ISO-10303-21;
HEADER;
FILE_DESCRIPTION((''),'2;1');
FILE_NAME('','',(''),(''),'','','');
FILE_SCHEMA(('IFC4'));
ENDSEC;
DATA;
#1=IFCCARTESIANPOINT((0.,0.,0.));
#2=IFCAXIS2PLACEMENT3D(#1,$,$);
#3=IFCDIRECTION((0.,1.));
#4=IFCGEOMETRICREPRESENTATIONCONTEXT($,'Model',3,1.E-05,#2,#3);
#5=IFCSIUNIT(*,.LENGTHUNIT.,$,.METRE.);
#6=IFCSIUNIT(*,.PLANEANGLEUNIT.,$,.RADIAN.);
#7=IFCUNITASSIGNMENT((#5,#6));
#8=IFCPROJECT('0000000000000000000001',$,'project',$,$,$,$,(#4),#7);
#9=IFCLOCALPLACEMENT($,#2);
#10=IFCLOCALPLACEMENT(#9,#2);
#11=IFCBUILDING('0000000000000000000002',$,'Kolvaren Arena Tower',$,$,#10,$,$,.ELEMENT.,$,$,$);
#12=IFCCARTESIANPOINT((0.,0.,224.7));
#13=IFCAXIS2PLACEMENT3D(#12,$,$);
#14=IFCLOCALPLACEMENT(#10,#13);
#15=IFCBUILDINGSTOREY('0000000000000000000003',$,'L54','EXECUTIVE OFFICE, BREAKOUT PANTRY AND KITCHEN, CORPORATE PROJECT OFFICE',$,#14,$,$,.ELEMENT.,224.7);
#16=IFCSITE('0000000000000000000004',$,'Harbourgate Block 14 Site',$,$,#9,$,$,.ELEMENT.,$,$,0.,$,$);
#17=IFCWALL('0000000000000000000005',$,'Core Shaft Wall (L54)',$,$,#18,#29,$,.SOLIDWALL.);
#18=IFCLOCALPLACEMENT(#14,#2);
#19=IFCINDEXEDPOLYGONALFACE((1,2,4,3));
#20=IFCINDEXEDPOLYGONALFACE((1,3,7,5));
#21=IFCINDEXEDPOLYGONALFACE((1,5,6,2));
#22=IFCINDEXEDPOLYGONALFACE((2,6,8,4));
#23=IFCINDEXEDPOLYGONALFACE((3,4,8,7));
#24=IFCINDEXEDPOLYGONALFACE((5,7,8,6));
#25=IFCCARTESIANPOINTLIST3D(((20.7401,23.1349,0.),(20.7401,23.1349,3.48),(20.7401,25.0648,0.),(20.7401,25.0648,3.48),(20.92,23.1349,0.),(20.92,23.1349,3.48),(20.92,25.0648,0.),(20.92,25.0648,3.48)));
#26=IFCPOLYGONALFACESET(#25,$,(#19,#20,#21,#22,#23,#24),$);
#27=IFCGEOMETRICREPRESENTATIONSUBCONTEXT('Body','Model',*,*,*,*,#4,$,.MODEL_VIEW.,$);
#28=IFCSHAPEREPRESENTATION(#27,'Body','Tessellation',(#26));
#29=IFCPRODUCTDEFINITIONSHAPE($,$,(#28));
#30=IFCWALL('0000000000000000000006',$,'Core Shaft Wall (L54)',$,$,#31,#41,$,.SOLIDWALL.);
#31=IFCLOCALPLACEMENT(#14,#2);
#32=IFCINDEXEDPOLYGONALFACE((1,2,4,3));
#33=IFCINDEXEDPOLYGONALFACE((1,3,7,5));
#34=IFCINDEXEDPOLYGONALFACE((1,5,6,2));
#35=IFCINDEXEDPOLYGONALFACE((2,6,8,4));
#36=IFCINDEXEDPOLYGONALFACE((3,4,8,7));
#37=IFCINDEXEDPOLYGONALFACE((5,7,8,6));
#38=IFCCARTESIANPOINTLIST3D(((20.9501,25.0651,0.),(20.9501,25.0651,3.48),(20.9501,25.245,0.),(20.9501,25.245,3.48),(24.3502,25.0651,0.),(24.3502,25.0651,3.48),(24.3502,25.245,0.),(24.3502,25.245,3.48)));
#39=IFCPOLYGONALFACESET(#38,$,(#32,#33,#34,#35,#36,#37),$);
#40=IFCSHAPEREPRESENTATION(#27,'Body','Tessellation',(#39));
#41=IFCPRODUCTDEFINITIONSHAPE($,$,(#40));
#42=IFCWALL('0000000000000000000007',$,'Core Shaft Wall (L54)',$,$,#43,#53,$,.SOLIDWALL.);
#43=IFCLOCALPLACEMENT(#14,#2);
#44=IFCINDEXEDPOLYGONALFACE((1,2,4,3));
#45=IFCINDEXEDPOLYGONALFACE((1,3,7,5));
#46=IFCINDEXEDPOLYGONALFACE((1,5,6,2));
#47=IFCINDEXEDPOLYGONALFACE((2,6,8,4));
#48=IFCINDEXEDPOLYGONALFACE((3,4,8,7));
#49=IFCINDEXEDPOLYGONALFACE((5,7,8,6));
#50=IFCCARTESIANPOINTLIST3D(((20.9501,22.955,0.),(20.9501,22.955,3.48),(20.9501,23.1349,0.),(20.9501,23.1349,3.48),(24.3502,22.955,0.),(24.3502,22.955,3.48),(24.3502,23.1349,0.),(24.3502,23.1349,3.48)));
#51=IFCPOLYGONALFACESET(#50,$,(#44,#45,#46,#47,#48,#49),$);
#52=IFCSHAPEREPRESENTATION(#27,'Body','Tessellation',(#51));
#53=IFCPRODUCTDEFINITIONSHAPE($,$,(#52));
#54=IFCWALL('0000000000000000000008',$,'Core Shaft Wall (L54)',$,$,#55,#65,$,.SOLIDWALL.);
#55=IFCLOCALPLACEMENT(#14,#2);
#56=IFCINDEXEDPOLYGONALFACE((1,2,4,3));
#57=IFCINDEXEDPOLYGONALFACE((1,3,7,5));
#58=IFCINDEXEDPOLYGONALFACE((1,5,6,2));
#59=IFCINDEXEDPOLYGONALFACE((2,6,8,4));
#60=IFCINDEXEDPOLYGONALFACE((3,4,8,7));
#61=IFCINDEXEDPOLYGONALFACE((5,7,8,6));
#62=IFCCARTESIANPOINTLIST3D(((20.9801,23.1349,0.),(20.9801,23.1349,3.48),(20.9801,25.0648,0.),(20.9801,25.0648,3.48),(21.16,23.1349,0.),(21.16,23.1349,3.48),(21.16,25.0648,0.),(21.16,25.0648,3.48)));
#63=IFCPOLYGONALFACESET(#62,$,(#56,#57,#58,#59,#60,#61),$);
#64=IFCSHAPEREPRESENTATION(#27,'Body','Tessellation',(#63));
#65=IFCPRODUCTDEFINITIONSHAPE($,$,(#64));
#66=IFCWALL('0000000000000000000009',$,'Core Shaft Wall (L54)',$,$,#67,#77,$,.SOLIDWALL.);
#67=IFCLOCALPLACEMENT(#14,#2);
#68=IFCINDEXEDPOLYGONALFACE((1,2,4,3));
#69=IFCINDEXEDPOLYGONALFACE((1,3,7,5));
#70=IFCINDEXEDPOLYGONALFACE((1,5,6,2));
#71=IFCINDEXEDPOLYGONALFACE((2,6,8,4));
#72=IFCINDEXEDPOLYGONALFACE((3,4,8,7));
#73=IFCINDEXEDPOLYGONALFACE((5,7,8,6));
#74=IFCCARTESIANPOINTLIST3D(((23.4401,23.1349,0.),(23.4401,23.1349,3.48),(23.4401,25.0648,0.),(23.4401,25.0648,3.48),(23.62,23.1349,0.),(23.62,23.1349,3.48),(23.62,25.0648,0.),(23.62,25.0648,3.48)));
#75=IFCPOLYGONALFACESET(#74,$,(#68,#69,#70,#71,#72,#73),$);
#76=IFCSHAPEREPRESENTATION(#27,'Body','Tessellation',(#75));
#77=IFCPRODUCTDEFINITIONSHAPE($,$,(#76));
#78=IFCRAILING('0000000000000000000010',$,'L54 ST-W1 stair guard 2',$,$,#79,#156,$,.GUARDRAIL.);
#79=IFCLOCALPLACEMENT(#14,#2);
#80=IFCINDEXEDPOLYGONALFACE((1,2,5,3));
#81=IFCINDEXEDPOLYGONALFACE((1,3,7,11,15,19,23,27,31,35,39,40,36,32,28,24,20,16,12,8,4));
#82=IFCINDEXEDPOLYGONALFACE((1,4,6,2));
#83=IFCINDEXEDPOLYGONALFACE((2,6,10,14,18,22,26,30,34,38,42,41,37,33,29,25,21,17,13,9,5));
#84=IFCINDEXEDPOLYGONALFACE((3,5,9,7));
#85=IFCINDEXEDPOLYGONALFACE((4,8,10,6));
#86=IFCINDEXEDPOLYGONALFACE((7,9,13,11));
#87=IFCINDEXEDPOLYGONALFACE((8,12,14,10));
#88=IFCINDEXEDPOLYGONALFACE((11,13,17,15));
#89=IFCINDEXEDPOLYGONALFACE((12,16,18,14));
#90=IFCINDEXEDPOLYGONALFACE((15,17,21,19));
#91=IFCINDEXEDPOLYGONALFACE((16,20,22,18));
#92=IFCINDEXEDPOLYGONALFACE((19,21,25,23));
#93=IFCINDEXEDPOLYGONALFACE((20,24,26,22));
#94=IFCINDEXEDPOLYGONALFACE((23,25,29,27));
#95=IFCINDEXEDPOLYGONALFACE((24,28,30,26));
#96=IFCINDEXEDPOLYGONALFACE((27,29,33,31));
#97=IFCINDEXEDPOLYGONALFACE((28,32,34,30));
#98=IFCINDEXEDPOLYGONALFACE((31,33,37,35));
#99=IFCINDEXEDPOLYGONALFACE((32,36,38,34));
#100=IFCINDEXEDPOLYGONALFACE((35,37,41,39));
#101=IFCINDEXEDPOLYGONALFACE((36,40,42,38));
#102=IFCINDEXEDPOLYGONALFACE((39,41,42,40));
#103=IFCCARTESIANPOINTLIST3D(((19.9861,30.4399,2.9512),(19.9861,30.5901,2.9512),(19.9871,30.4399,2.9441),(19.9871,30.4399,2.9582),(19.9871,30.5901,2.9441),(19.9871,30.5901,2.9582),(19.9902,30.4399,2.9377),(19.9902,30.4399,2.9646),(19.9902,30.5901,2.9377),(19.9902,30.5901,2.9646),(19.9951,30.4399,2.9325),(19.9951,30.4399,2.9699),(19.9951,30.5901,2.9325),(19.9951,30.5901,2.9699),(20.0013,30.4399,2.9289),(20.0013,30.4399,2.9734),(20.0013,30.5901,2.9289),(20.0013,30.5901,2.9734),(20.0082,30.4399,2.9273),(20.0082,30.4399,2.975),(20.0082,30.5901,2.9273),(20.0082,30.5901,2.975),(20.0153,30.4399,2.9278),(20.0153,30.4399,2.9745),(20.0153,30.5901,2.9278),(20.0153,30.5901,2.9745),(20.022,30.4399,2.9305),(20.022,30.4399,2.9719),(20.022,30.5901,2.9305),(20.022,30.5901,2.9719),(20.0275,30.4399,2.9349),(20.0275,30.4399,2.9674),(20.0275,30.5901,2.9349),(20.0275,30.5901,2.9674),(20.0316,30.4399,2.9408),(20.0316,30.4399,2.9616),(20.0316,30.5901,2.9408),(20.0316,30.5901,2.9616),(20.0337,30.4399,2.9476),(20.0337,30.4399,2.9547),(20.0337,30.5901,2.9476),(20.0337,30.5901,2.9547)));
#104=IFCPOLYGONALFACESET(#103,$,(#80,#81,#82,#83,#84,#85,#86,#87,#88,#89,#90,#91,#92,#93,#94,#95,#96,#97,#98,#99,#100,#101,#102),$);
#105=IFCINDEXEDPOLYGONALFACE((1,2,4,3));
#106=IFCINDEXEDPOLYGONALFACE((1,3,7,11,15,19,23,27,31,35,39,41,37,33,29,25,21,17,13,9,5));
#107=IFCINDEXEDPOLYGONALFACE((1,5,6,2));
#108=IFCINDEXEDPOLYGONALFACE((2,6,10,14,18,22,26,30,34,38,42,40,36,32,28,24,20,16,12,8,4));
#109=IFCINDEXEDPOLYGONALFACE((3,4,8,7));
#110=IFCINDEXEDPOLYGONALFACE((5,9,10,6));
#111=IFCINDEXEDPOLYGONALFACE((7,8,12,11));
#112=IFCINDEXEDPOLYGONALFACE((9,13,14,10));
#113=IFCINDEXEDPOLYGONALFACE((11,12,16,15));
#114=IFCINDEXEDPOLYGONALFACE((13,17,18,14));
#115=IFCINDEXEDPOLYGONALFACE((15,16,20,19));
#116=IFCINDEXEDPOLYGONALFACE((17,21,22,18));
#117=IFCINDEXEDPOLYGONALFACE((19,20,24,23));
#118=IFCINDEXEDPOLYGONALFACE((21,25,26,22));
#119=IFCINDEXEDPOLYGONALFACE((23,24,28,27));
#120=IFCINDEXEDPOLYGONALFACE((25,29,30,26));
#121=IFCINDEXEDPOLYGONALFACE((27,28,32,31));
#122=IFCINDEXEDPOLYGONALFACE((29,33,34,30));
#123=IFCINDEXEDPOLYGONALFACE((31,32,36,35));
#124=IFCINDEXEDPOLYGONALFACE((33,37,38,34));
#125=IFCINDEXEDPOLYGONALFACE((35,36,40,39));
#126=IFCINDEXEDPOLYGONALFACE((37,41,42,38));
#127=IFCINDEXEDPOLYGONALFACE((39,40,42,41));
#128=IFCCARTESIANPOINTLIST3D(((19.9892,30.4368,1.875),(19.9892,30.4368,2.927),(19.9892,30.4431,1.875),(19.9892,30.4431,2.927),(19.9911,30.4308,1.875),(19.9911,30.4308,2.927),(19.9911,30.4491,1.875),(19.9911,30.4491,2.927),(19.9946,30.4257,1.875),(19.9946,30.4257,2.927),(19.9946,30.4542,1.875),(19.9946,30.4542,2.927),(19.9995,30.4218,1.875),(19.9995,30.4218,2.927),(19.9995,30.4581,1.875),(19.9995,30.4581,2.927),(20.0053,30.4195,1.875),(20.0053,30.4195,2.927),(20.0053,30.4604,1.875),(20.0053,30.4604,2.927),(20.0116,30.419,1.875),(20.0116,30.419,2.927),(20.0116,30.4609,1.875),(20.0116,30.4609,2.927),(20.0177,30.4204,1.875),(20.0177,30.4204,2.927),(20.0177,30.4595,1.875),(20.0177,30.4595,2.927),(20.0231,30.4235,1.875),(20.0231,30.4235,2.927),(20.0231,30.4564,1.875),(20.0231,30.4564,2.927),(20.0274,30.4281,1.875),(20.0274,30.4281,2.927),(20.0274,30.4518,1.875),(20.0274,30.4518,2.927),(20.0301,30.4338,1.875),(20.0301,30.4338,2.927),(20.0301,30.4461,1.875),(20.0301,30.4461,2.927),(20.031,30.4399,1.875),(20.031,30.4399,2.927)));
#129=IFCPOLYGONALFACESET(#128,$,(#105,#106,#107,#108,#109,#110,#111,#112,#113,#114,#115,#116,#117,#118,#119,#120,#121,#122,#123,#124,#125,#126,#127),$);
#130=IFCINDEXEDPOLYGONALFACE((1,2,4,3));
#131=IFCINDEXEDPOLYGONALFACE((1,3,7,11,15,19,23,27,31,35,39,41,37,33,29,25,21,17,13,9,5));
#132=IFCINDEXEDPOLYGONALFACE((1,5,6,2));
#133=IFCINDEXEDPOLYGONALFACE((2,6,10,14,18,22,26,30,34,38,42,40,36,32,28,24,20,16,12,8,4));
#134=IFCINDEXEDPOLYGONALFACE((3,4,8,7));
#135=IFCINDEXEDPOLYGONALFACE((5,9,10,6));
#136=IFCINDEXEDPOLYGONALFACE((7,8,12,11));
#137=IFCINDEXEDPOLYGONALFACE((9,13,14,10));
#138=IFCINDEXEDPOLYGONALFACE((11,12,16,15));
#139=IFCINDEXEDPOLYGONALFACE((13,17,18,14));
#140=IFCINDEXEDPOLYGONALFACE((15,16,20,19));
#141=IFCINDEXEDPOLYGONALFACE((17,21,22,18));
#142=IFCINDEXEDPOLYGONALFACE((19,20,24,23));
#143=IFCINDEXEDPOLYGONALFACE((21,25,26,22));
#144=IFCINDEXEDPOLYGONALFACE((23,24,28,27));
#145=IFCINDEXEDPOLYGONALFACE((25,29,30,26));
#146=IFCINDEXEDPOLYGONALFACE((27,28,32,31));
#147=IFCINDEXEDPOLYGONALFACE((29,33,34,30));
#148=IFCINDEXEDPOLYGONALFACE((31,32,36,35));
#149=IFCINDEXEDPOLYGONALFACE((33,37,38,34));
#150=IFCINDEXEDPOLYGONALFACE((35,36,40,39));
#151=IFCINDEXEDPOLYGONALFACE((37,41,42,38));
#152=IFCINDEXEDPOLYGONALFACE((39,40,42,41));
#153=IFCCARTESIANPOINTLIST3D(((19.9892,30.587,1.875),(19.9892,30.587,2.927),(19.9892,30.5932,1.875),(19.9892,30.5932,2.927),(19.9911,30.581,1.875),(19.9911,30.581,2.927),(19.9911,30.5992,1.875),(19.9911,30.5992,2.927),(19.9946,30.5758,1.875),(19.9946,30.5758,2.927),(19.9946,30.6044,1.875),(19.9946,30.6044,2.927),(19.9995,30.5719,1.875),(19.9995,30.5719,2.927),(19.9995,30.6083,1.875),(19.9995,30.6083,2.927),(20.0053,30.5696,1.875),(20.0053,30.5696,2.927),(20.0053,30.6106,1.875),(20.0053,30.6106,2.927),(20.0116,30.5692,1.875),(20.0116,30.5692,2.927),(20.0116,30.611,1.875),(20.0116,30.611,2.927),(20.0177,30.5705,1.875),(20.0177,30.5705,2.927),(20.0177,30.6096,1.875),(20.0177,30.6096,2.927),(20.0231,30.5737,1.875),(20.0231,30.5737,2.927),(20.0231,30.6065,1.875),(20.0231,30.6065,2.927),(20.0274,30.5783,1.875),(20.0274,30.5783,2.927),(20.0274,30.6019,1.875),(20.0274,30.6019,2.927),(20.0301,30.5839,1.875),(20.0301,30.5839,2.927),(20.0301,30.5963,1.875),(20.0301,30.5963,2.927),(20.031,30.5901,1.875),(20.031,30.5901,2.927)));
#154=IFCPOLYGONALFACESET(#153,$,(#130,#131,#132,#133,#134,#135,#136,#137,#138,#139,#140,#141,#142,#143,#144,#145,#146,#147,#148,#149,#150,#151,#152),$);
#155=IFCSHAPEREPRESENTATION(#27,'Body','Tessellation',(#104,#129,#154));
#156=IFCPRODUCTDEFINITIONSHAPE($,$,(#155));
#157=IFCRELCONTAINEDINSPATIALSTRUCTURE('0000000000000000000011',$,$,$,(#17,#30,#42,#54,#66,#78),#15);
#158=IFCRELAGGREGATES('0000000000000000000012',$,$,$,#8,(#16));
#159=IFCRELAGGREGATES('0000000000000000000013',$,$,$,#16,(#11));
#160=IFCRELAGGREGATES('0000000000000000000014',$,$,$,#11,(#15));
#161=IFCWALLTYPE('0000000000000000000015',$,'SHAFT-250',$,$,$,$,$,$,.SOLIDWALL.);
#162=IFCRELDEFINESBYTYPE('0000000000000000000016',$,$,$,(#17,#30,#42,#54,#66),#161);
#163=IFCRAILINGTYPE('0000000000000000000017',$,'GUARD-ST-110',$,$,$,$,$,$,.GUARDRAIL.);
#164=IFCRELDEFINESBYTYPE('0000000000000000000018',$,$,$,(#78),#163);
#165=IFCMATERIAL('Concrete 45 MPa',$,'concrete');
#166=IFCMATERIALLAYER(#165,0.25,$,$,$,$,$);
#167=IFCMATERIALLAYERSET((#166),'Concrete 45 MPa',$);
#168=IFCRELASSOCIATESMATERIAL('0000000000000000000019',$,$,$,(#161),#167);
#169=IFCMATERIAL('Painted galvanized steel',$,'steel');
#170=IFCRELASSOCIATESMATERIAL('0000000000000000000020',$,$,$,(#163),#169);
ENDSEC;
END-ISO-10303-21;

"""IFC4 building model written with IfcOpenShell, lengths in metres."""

from ifc_helpers import new_model, si_unit, direction, frame, frame_2d, origin, origin_2d, place, context, subcontext, project, spatial, rectangle, circle, extrude, material, layer, layer_set, type_object, element, save


model = new_model("IFC4")

# Units and contexts
model_context = context("Model", 3, precision=1e-05, world=origin(), true_north=direction((0.0, 1.0)))
body_context = subcontext(model_context, "Body", "Model", "MODEL_VIEW")
ifc_project = project(units=[si_unit("LENGTHUNIT", "METRE"), si_unit("PLANEANGLEUNIT", "RADIAN")], contexts=[model_context])

# Site, building, storey
site_placement = place(None, origin())
site = spatial("IfcSite", under=ifc_project, at=site_placement, Name="Harbourgate Block 14 Site", CompositionType="ELEMENT", RefElevation=0.0)
building_placement = place(site_placement, origin())
building = spatial("IfcBuilding", under=site, at=building_placement, Name="Kolvaren Arena Tower", CompositionType="ELEMENT")
storey_placement = place(building_placement, frame((0.0, 0.0, 224.7)))
storey = spatial("IfcBuildingStorey", under=building, at=storey_placement, Name="L54", Description="EXECUTIVE OFFICE, BREAKOUT PANTRY AND KITCHEN, CORPORATE PROJECT OFFICE", CompositionType="ELEMENT", Elevation=224.7)

# Shared definitions
ifc_material_1 = material(Name="Concrete 45 MPa", Category="concrete")
ifc_layer_1 = layer(ifc_material_1, 0.25)
ifc_layer_set_1 = layer_set([ifc_layer_1], Name="Concrete 45 MPa")
wall_type_1 = type_object("IfcWallType", Name="SHAFT-250", PredefinedType="SOLIDWALL", material=ifc_layer_set_1)

# Walls
wall_1_placement = place(storey_placement, frame((20.8301, 23.135, 0.0), z_axis=(0.0, 0.0, 1.0), x_axis=(0.0, 1.0, 0.0)))
element("IfcWall", 1, at=wall_1_placement, inside=storey, type_object=wall_type_1, Name="Core Shaft Wall (L54)", PredefinedType="SOLIDWALL", context=body_context, shape_type="SweptSolid", body=[
    extrude(rectangle(XDim=1.9299, YDim=0.1799, at=frame_2d((0.9648, 0.0))), origin(), (0.0, 0.0, 1.0), 3.48),
])
for number, where, z_axis, x_axis, name in (
    (2, (20.95, 25.155, 0.0), (0.0, 0.0, 1.0), (1.0, 0.0, 0.0), "Core Shaft Wall (L54)"),
    (3, (20.95, 23.0449, 0.0), (0.0, 0.0, 1.0), (1.0, 0.0, 0.0), "Core Shaft Wall (L54)"),
):
    element("IfcWall", number, at=place(storey_placement, frame(where, z_axis=z_axis, x_axis=x_axis)), inside=storey, type_object=wall_type_1, Name=name, PredefinedType="SOLIDWALL", context=body_context, shape_type="SweptSolid", body=[
        extrude(rectangle(XDim=3.4001, YDim=0.1799, at=frame_2d((1.7002, 0.0))), origin(), (0.0, 0.0, 1.0), 3.48),
    ])
for number, where, z_axis, x_axis, name in (
    (4, (21.0701, 23.135, 0.0), (0.0, 0.0, 1.0), (0.0, 1.0, 0.0), "Core Shaft Wall (L54)"),
    (5, (23.53, 23.135, 0.0), (0.0, 0.0, 1.0), (0.0, 1.0, 0.0), "Core Shaft Wall (L54)"),
):
    element("IfcWall", number, at=place(storey_placement, frame(where, z_axis=z_axis, x_axis=x_axis)), inside=storey, type_object=wall_type_1, Name=name, PredefinedType="SOLIDWALL", context=body_context, shape_type="SweptSolid", body=[
        extrude(rectangle(XDim=1.9299, YDim=0.1799, at=frame_2d((0.9648, 0.0))), origin(), (0.0, 0.0, 1.0), 3.48),
    ])

# Railing
ifc_material_2 = material(Name="Painted galvanized steel", Category="steel")
railing_type_1 = type_object("IfcRailingType", Name="GUARD-ST-110", PredefinedType="GUARDRAIL", material=ifc_material_2)
railing_1_placement = place(storey_placement, frame((20.01, 30.4399, 1.875)))
element("IfcRailing", 6, at=railing_1_placement, inside=storey, type_object=railing_type_1, Name="L54 ST-W1 stair guard 2", PredefinedType="GUARDRAIL", context=body_context, shape_type="SweptSolid", body=[
    extrude(circle(Radius=0.0239, at=origin_2d()), frame((0.0, 0.0, 1.0762), z_axis=(0.0, 1.0, 0.0), x_axis=(-1.0, 0.0, 0.0)), (0.0, 0.0, 1.0), 0.1501),
    extrude(circle(Radius=0.021, at=origin_2d()), origin(), (0.0, 0.0, 1.0), 1.052),
    extrude(circle(Radius=0.021, at=origin_2d()), frame((0.0, 0.1501, 0.0)), (0.0, 0.0, 1.0), 1.052),
])

save(model, "model.ifc")
